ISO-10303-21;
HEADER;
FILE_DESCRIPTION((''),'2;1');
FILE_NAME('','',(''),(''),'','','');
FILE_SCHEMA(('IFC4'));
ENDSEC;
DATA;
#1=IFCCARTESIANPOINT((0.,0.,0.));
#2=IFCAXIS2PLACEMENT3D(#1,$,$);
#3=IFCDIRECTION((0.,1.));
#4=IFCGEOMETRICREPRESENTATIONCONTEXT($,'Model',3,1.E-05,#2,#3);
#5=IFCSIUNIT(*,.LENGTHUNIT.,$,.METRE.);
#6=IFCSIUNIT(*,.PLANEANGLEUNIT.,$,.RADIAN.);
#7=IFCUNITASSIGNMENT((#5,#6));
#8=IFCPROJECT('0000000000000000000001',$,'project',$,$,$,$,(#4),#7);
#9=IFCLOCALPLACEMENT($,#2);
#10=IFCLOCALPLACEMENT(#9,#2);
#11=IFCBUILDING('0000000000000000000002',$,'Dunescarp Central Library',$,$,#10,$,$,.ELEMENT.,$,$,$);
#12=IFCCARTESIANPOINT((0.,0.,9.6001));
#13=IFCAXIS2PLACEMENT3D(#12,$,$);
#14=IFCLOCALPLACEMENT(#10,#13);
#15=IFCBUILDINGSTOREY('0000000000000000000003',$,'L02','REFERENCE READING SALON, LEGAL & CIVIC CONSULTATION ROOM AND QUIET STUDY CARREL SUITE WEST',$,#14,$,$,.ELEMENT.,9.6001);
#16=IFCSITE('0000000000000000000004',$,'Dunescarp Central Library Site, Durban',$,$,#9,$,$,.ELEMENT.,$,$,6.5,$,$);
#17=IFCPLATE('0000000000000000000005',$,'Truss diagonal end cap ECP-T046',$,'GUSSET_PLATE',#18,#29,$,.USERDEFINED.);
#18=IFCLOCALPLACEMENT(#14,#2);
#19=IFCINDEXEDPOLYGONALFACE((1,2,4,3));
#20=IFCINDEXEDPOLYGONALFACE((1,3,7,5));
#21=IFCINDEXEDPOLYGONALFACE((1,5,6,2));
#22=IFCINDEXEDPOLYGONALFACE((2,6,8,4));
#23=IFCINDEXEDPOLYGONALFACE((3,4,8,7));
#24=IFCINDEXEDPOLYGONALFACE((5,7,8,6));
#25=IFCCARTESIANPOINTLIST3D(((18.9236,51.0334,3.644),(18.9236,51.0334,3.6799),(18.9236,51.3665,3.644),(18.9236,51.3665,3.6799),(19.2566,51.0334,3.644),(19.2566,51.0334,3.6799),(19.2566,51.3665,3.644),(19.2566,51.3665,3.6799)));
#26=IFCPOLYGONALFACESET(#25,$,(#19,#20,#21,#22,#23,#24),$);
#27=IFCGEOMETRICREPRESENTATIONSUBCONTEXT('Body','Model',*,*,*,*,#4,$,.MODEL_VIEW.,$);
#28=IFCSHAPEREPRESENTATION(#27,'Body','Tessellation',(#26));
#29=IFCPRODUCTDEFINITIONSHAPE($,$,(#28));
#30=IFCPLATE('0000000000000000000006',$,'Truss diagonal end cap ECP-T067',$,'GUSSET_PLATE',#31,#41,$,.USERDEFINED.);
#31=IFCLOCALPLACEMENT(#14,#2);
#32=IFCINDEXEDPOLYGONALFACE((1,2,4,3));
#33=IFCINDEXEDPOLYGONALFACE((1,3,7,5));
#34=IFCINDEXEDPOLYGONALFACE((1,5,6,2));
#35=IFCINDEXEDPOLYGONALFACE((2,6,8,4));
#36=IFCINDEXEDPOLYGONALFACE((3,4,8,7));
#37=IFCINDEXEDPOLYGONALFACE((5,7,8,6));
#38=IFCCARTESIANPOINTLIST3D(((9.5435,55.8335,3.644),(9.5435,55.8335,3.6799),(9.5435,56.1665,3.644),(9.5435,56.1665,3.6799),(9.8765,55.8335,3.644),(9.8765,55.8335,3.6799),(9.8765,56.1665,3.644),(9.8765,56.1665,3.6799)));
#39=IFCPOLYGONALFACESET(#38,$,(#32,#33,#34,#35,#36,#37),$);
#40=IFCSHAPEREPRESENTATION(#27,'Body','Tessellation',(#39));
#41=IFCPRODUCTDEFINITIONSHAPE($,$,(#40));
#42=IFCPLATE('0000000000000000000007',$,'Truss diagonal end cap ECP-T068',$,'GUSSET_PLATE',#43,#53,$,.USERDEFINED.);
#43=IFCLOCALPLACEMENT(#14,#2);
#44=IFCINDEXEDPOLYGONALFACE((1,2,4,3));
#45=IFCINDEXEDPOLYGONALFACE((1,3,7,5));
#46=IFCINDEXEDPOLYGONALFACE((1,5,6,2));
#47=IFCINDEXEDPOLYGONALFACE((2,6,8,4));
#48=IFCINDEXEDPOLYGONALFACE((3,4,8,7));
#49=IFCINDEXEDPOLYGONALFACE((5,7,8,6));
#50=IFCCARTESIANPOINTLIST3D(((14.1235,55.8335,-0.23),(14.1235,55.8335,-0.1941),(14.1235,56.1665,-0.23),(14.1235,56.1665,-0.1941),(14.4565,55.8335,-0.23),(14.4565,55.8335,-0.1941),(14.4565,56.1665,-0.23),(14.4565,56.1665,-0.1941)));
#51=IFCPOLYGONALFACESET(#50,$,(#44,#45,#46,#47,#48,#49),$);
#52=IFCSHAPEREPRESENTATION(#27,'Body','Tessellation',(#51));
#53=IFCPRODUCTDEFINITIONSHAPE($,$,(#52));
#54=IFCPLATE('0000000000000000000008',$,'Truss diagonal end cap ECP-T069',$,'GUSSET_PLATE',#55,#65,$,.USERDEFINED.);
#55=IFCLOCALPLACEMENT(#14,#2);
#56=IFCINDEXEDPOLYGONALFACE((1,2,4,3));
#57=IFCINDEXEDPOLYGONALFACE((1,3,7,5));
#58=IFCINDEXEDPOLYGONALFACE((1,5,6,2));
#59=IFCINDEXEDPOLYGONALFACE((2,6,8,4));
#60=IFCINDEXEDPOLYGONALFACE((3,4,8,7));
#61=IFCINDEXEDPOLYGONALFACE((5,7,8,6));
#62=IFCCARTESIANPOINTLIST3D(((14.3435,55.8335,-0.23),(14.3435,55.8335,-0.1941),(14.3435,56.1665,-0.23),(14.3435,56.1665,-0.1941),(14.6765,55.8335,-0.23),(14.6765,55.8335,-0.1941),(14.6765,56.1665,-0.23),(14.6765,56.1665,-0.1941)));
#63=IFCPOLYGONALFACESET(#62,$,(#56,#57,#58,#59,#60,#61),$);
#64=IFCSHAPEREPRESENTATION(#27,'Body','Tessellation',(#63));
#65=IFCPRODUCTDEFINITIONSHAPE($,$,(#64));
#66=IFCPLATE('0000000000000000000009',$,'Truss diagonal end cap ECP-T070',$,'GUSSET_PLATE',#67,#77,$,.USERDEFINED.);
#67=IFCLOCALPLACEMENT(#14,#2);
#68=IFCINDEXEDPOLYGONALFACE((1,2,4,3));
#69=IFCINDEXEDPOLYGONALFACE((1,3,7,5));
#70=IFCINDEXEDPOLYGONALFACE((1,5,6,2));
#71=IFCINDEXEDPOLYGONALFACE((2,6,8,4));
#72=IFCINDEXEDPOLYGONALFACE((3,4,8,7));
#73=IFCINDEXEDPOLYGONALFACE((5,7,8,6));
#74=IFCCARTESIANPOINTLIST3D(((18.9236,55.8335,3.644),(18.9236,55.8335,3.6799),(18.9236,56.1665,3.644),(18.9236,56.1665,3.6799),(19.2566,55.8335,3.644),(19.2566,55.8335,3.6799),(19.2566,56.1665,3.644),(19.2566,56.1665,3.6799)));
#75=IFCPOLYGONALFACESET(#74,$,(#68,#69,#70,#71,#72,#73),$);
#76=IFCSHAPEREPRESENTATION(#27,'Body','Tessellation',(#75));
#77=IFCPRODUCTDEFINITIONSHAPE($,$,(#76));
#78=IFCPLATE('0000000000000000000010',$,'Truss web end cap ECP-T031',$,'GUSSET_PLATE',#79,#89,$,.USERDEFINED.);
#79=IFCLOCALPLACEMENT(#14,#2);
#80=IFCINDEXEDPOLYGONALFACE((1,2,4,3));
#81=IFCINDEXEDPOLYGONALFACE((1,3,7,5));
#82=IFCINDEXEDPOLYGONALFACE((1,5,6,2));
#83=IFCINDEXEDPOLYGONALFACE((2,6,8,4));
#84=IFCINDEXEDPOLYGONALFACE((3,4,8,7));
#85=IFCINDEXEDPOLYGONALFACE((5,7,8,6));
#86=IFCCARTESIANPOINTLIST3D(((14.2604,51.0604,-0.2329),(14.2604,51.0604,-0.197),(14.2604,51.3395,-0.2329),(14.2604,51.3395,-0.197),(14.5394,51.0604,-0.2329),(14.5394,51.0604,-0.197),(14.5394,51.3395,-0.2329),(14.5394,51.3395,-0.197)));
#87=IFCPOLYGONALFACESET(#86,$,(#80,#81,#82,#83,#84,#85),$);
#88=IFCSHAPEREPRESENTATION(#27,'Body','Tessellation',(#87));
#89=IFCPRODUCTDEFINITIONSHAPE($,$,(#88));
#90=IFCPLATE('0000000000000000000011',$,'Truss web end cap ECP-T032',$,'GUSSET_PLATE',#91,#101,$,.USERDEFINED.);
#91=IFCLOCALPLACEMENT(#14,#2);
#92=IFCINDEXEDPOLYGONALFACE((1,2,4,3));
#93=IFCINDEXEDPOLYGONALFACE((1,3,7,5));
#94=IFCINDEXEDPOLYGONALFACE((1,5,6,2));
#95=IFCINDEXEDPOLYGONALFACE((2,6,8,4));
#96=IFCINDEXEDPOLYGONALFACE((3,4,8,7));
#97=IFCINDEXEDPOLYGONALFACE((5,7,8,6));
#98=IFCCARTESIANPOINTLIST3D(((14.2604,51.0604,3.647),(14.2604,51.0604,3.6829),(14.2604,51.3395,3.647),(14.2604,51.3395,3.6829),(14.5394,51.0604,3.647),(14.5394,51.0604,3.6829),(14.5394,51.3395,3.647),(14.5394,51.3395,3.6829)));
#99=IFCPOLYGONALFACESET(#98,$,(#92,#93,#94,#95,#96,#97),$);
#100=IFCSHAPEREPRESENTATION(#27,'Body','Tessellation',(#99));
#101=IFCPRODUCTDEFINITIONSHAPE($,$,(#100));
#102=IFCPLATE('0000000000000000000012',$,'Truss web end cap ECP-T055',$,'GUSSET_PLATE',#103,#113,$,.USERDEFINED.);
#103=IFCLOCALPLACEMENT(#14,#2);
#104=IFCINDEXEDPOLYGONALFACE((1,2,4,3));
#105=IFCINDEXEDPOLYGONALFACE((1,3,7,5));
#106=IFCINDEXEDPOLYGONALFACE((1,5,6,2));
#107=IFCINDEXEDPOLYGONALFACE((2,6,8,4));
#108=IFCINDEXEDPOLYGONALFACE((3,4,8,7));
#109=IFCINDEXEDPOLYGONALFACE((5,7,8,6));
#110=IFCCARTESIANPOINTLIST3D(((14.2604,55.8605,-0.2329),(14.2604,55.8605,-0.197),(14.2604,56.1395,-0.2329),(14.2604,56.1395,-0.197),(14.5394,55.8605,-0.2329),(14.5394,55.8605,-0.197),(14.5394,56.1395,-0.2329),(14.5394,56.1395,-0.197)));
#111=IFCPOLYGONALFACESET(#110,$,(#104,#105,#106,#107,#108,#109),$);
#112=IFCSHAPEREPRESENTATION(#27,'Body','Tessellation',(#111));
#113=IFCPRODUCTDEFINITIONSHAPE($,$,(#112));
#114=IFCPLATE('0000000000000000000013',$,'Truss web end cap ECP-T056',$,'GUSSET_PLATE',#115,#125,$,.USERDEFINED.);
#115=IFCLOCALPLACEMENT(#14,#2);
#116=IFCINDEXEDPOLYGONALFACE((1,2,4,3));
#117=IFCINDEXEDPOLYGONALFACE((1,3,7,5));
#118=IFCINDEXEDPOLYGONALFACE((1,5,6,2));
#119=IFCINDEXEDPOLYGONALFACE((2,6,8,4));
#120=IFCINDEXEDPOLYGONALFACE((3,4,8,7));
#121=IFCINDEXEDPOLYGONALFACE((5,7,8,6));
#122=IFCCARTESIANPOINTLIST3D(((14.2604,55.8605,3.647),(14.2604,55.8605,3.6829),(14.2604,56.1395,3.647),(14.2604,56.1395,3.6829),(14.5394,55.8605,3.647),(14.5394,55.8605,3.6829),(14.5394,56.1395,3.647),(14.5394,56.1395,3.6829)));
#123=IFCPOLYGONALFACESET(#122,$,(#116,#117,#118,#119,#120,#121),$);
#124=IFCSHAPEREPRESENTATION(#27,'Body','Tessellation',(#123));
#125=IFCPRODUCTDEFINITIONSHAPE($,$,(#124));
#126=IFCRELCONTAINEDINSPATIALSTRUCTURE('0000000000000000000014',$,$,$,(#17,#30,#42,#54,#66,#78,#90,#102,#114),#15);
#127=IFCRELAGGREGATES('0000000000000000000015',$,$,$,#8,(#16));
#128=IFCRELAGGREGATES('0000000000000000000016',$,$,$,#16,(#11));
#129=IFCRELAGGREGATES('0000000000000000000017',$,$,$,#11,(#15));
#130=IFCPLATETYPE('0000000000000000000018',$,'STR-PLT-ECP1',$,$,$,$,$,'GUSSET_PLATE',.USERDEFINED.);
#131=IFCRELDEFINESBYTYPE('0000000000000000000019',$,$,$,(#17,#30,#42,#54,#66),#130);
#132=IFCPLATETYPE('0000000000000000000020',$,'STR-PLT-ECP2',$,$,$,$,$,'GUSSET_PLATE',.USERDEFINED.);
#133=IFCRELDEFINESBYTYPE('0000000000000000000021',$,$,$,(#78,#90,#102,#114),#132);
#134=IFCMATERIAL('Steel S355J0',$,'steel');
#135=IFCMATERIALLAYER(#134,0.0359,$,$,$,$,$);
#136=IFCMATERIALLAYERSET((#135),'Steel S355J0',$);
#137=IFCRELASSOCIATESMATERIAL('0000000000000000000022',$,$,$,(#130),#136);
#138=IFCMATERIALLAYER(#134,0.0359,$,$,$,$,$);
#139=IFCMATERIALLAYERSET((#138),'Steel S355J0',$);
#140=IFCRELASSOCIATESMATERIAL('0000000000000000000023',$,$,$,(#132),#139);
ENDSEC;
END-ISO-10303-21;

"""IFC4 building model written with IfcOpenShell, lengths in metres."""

from ifc_helpers import new_model, si_unit, direction, frame, origin, origin_2d, place, context, subcontext, project, spatial, rectangle, extrude, material, layer, layer_set, type_object, element, save


model = new_model("IFC4")

# Units and contexts
model_context = context("Model", 3, precision=1e-05, world=origin(), true_north=direction((0.0, 1.0)))
body_context = subcontext(model_context, "Body", "Model", "MODEL_VIEW")
ifc_project = project(units=[si_unit("LENGTHUNIT", "METRE"), si_unit("PLANEANGLEUNIT", "RADIAN")], contexts=[model_context])

# Site, building, storey
site_placement = place(None, origin())
site = spatial("IfcSite", under=ifc_project, at=site_placement, Name="Dunescarp Central Library Site, Durban", CompositionType="ELEMENT", RefElevation=6.5)
building_placement = place(site_placement, origin())
building = spatial("IfcBuilding", under=site, at=building_placement, Name="Dunescarp Central Library", CompositionType="ELEMENT")
storey_placement = place(building_placement, frame((0.0, 0.0, 9.6001)))
storey = spatial("IfcBuildingStorey", under=building, at=storey_placement, Name="L02", Description="REFERENCE READING SALON, LEGAL & CIVIC CONSULTATION ROOM AND QUIET STUDY CARREL SUITE WEST", CompositionType="ELEMENT", Elevation=9.6001)

# Shared definitions
ifc_material_1 = material(Name="Steel S355J0", Category="steel")

# Plates
ifc_layer_1 = layer(ifc_material_1, 0.0359)
ifc_layer_set_1 = layer_set([ifc_layer_1], Name="Steel S355J0")
plate_type_1 = type_object("IfcPlateType", Name="STR-PLT-ECP1", ElementType="GUSSET_PLATE", PredefinedType="USERDEFINED", material=ifc_layer_set_1)
for number, where, z_axis, x_axis, name in (
    (1, (19.0901, 51.2, 3.644), (0.0, 0.0, 1.0), (1.0, 0.0, 0.0), "Truss diagonal end cap ECP-T046"),
    (2, (9.71, 56.0, 3.644), (0.0, 0.0, 1.0), (1.0, 0.0, 0.0), "Truss diagonal end cap ECP-T067"),
    (3, (14.29, 56.0, -0.23), (0.0, 0.0, 1.0), (1.0, 0.0, 0.0), "Truss diagonal end cap ECP-T068"),
    (4, (14.51, 56.0, -0.23), (0.0, 0.0, 1.0), (1.0, 0.0, 0.0), "Truss diagonal end cap ECP-T069"),
    (5, (19.0901, 56.0, 3.644), (0.0, 0.0, 1.0), (1.0, 0.0, 0.0), "Truss diagonal end cap ECP-T070"),
):
    element("IfcPlate", number, at=place(storey_placement, frame(where, z_axis=z_axis, x_axis=x_axis)), inside=storey, type_object=plate_type_1, Name=name, ObjectType="GUSSET_PLATE", PredefinedType="USERDEFINED", context=body_context, shape_type="SweptSolid", body=[
        extrude(rectangle(XDim=0.333, YDim=0.333, at=origin_2d()), origin(), (0.0, 0.0, 1.0), 0.0359),
    ])
ifc_layer_2 = layer(ifc_material_1, 0.0359)
ifc_layer_set_2 = layer_set([ifc_layer_2], Name="Steel S355J0")
plate_type_2 = type_object("IfcPlateType", Name="STR-PLT-ECP2", ElementType="GUSSET_PLATE", PredefinedType="USERDEFINED", material=ifc_layer_set_2)
for number, where, z_axis, x_axis, name in (
    (6, (14.3999, 51.2, -0.2329), (0.0, 0.0, 1.0), (1.0, 0.0, 0.0), "Truss web end cap ECP-T031"),
    (7, (14.3999, 51.2, 3.647), (0.0, 0.0, 1.0), (1.0, 0.0, 0.0), "Truss web end cap ECP-T032"),
    (8, (14.3999, 56.0, -0.2329), (0.0, 0.0, 1.0), (1.0, 0.0, 0.0), "Truss web end cap ECP-T055"),
    (9, (14.3999, 56.0, 3.647), (0.0, 0.0, 1.0), (1.0, 0.0, 0.0), "Truss web end cap ECP-T056"),
):
    element("IfcPlate", number, at=place(storey_placement, frame(where, z_axis=z_axis, x_axis=x_axis)), inside=storey, type_object=plate_type_2, Name=name, ObjectType="GUSSET_PLATE", PredefinedType="USERDEFINED", context=body_context, shape_type="SweptSolid", body=[
        extrude(rectangle(XDim=0.2791, YDim=0.2791, at=origin_2d()), origin(), (0.0, 0.0, 1.0), 0.0359),
    ])

save(model, "model.ifc")
